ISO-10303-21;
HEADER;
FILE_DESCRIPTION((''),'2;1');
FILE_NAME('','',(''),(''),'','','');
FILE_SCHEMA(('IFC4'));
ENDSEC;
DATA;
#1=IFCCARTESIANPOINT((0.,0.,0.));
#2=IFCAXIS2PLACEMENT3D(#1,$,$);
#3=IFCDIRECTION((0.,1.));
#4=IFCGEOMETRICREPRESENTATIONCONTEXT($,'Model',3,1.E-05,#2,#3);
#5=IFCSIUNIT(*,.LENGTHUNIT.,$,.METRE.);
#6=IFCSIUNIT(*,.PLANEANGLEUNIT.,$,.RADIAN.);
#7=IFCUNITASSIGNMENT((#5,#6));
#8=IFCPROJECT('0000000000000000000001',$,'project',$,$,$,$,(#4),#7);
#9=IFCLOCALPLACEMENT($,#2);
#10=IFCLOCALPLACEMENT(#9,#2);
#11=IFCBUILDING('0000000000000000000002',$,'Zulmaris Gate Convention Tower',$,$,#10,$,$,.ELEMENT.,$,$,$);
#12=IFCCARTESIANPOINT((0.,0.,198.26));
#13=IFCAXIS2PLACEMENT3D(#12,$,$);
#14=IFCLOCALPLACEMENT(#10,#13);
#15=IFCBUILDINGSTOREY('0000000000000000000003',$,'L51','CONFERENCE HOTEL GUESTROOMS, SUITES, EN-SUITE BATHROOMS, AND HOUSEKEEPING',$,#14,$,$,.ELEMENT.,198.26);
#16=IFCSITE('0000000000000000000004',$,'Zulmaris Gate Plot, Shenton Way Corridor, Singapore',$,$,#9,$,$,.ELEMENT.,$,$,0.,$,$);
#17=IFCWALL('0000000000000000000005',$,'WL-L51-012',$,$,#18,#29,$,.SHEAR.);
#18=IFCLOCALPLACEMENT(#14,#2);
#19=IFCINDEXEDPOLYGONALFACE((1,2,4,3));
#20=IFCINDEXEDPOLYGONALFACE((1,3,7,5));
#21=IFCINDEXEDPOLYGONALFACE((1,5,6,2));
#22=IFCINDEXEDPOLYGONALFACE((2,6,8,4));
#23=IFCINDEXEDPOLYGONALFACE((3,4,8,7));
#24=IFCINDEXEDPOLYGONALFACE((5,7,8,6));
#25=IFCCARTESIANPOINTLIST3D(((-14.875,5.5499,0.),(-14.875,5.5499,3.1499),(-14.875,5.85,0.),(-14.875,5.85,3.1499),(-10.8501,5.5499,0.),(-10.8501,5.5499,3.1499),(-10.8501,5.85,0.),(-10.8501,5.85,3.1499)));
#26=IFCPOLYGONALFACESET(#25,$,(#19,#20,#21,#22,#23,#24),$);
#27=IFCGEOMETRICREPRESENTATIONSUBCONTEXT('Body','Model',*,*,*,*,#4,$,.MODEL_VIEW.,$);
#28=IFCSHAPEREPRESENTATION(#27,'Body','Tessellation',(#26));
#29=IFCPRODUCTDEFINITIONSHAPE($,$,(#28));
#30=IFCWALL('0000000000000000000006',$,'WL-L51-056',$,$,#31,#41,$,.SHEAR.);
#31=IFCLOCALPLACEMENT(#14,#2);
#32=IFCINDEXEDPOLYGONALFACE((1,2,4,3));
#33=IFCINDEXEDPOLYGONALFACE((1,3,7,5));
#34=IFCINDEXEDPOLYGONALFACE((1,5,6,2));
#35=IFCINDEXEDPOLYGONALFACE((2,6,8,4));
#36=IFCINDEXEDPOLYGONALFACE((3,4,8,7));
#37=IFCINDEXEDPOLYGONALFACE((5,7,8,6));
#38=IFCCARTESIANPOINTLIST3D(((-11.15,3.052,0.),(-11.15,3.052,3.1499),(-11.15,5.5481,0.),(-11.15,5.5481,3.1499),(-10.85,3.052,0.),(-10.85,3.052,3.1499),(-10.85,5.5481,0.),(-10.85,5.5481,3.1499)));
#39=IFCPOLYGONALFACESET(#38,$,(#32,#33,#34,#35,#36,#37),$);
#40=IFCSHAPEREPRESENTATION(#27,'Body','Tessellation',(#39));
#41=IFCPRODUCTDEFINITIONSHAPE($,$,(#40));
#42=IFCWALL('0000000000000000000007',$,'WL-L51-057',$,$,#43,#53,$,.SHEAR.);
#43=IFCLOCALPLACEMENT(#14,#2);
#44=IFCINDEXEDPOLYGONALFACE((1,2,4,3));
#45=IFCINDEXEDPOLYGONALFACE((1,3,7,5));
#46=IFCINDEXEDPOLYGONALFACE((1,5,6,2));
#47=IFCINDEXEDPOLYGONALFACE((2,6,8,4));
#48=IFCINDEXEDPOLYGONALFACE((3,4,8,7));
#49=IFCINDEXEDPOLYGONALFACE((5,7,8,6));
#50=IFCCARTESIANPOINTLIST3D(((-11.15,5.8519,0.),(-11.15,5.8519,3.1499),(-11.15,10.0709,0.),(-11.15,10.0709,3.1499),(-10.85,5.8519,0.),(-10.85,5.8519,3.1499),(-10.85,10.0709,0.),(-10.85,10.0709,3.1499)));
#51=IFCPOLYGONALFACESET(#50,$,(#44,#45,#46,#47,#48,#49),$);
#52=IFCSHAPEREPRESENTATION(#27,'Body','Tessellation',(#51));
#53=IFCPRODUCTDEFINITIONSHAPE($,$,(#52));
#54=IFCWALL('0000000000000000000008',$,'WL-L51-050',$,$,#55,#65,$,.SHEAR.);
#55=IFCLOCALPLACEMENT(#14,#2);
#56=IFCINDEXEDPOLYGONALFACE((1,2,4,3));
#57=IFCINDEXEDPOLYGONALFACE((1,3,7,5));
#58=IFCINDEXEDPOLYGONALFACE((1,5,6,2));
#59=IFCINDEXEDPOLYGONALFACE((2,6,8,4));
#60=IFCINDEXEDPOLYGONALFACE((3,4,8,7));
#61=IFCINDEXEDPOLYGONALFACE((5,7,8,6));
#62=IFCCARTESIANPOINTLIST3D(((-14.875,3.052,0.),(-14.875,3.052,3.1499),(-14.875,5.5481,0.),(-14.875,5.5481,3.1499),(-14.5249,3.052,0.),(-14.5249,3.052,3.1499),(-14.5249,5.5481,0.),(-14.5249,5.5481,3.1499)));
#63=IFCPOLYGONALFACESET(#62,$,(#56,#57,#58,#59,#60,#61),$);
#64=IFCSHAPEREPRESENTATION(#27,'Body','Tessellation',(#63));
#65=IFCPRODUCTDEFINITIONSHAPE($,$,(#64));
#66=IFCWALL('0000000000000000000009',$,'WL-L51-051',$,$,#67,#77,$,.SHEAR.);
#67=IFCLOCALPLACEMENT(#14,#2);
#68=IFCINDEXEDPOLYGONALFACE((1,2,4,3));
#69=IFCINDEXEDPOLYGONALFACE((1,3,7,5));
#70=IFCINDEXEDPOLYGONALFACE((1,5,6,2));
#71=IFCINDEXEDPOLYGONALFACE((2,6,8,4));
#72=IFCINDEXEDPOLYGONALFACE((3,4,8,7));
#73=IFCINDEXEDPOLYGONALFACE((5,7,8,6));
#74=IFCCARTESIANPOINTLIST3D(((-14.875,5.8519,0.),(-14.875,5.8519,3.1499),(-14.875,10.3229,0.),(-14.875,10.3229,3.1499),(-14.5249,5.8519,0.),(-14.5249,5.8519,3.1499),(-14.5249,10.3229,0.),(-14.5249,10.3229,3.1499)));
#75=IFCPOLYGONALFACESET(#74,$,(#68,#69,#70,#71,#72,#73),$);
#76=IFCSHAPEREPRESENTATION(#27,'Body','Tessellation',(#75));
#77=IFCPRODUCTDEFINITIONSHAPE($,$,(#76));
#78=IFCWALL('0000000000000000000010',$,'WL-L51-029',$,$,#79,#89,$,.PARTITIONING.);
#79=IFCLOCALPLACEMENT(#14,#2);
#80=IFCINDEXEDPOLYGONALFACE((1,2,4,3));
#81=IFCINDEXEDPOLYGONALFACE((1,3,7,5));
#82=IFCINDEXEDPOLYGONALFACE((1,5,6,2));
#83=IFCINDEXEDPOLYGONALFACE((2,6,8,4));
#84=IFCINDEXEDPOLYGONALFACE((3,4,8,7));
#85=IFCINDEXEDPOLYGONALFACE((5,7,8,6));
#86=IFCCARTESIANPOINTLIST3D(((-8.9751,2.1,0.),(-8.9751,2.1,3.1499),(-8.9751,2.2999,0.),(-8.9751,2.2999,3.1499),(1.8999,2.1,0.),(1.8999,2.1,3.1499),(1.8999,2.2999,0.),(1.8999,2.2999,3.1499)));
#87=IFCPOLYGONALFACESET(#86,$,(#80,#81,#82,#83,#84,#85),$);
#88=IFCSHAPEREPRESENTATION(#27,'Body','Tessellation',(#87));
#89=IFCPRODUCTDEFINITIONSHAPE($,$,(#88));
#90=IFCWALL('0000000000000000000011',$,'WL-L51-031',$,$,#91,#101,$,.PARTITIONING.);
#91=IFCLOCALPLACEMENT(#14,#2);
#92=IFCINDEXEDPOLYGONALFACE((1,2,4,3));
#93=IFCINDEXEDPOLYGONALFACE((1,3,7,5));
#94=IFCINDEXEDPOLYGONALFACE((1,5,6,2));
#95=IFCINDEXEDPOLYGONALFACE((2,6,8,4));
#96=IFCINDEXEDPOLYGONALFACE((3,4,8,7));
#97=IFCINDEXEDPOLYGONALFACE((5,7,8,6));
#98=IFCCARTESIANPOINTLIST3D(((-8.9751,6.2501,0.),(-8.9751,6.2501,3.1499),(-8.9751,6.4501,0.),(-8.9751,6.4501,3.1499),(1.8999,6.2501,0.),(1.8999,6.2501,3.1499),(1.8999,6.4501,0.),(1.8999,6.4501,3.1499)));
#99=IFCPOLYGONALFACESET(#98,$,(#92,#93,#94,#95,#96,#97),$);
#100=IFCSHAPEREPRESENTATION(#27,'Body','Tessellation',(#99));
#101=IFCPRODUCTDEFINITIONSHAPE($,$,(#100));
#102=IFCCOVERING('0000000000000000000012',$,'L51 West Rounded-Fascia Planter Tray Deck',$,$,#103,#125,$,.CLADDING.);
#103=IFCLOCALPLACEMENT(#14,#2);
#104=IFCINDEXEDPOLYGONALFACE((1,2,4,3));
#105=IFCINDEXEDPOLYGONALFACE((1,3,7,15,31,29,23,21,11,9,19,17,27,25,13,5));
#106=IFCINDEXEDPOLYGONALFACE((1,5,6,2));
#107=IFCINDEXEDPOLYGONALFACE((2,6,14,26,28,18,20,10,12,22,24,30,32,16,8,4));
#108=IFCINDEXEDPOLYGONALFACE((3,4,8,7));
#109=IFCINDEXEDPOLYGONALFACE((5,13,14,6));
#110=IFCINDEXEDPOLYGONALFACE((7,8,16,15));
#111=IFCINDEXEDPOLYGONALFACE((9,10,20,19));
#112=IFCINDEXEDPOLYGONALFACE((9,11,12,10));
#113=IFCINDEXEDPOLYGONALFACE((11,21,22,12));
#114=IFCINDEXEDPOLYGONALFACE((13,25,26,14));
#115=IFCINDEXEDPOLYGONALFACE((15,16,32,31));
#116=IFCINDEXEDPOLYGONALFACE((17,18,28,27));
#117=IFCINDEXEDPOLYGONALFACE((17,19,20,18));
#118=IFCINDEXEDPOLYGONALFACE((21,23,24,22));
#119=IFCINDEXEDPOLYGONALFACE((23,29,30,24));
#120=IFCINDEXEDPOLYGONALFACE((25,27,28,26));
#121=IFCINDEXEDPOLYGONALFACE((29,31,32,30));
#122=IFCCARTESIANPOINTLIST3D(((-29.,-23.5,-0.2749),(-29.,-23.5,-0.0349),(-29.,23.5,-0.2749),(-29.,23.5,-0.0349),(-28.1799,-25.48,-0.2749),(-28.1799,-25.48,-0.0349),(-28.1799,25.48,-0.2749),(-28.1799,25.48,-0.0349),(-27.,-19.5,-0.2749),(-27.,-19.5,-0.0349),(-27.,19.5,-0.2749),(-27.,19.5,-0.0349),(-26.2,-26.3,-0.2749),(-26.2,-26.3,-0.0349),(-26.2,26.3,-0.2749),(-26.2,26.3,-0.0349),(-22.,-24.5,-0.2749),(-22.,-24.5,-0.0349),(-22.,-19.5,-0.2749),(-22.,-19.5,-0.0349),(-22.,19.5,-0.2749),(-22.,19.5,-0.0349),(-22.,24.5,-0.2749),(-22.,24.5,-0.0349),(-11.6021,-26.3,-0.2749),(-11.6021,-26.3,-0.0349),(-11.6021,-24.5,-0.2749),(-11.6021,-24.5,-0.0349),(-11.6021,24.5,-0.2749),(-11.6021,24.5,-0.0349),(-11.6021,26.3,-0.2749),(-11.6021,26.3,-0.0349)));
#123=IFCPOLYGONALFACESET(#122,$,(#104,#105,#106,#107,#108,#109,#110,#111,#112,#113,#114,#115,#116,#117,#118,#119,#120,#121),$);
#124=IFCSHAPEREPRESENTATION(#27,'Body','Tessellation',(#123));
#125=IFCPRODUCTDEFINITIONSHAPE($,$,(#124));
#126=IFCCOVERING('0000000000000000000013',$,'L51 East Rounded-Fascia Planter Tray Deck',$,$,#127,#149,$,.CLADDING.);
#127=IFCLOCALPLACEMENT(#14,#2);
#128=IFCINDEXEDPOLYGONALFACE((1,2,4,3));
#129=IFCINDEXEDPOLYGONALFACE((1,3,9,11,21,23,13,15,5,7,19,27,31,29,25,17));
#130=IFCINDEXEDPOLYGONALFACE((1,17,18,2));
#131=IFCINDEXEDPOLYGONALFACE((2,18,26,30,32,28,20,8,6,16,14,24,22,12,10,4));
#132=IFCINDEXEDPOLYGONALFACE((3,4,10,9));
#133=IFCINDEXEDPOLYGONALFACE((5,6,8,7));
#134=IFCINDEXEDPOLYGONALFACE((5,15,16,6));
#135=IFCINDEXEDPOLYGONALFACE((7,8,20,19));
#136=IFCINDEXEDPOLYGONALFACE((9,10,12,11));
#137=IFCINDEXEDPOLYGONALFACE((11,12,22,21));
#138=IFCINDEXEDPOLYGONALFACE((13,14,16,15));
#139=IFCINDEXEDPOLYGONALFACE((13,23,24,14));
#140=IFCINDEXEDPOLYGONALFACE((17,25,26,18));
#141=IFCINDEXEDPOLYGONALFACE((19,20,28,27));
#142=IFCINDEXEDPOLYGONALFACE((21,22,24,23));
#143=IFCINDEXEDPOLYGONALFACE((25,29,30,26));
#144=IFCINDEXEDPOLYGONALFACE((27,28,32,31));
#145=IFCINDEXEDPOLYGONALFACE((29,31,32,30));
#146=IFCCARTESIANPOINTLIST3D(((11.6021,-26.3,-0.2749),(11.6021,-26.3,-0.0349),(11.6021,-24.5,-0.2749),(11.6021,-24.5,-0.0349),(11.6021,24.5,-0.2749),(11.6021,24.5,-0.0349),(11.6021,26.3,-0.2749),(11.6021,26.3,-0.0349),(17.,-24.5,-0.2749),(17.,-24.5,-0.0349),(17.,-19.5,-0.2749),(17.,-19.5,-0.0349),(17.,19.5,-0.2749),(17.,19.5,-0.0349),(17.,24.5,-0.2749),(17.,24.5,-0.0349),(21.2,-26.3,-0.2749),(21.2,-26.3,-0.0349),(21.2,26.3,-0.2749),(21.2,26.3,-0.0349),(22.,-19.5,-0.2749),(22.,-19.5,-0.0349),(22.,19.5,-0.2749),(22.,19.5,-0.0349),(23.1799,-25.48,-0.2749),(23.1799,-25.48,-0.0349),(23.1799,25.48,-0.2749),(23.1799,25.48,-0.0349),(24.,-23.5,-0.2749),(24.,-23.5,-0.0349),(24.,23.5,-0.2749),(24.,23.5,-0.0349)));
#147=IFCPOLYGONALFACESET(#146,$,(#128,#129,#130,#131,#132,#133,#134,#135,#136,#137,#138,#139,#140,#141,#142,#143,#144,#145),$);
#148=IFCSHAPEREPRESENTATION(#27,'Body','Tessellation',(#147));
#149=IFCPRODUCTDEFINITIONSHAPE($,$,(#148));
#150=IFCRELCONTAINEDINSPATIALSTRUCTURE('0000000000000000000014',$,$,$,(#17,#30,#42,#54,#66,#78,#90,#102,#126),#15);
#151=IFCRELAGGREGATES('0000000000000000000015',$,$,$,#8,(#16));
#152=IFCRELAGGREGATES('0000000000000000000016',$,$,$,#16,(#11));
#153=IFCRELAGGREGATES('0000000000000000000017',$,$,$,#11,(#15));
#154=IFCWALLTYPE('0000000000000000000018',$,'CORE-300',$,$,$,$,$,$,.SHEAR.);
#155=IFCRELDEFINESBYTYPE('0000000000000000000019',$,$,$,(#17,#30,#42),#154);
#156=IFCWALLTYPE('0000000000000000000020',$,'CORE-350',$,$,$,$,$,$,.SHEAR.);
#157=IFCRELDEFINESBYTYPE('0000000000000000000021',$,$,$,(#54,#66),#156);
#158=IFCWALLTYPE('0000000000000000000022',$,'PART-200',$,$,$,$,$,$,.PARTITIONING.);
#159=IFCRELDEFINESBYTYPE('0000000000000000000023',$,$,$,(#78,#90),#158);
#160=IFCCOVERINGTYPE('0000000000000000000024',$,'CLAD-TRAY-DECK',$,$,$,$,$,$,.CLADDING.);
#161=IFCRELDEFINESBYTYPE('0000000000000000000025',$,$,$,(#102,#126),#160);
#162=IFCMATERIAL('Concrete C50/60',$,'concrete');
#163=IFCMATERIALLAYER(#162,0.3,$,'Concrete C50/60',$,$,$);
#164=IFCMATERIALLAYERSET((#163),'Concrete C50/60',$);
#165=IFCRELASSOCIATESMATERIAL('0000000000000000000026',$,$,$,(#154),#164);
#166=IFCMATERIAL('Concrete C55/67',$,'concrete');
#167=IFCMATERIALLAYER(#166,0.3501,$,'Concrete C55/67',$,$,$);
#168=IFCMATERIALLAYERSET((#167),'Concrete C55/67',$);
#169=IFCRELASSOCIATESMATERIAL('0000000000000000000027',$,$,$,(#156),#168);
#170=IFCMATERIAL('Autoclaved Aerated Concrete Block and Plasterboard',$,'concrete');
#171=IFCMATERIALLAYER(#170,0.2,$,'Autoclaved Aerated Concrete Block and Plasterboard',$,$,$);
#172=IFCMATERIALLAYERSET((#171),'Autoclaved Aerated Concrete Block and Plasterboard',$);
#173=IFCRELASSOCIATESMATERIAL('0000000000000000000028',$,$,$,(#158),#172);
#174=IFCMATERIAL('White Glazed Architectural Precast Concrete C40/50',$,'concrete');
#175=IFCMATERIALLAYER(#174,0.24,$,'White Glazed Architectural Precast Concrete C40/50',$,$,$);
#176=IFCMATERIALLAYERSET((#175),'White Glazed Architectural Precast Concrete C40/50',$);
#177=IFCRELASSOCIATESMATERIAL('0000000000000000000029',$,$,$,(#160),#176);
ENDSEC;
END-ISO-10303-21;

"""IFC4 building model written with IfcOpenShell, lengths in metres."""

from ifc_helpers import new_model, si_unit, direction, frame, frame_2d, origin, place, context, subcontext, project, spatial, polyline, rectangle, outline, extrude, material, layer, layer_set, type_object, element, save


model = new_model("IFC4")

# Units and contexts
model_context = context("Model", 3, precision=1e-05, world=origin(), true_north=direction((0.0, 1.0)))
body_context = subcontext(model_context, "Body", "Model", "MODEL_VIEW")
ifc_project = project(units=[si_unit("LENGTHUNIT", "METRE"), si_unit("PLANEANGLEUNIT", "RADIAN")], contexts=[model_context])

# Site, building, storey
site_placement = place(None, origin())
site = spatial("IfcSite", under=ifc_project, at=site_placement, Name="Zulmaris Gate Plot, Shenton Way Corridor, Singapore", CompositionType="ELEMENT", RefElevation=0.0)
building_placement = place(site_placement, origin())
building = spatial("IfcBuilding", under=site, at=building_placement, Name="Zulmaris Gate Convention Tower", CompositionType="ELEMENT")
storey_placement = place(building_placement, frame((0.0, 0.0, 198.26)))
storey = spatial("IfcBuildingStorey", under=building, at=storey_placement, Name="L51", Description="CONFERENCE HOTEL GUESTROOMS, SUITES, EN-SUITE BATHROOMS, AND HOUSEKEEPING", CompositionType="ELEMENT", Elevation=198.26)

# Shared definitions
ifc_material_1 = material(Name="Concrete C50/60", Category="concrete")

# Wall
ifc_layer_1 = layer(ifc_material_1, 0.3, Name="Concrete C50/60")
ifc_layer_set_1 = layer_set([ifc_layer_1], Name="Concrete C50/60")
wall_type_1 = type_object("IfcWallType", Name="CORE-300", PredefinedType="SHEAR", material=ifc_layer_set_1)
wall_1_placement = place(storey_placement, frame((-14.875, 5.7, 0.0), z_axis=(0.0, 0.0, 1.0), x_axis=(1.0, 0.0, 0.0)))
element("IfcWall", 1, at=wall_1_placement, inside=storey, type_object=wall_type_1, Name="WL-L51-012", PredefinedType="SHEAR", context=body_context, shape_type="SweptSolid", body=[
    extrude(rectangle(XDim=4.0249, YDim=0.3, at=frame_2d((2.0125, 0.0))), origin(), (0.0, 0.0, 1.0), 3.1499),
])

# Walls
wall_2_placement = place(storey_placement, frame((-11.0, 3.052, 0.0), z_axis=(0.0, 0.0, 1.0), x_axis=(0.0, 1.0, 0.0)))
element("IfcWall", 2, at=wall_2_placement, inside=storey, type_object=wall_type_1, Name="WL-L51-056", PredefinedType="SHEAR", context=body_context, shape_type="SweptSolid", body=[
    extrude(rectangle(XDim=2.4961, YDim=0.3, at=frame_2d((1.248, 0.0))), origin(), (0.0, 0.0, 1.0), 3.1499),
])
wall_3_placement = place(storey_placement, frame((-11.0, 5.8521, 0.0), z_axis=(0.0, 0.0, 1.0), x_axis=(0.0, 1.0, 0.0)))
element("IfcWall", 3, at=wall_3_placement, inside=storey, type_object=wall_type_1, Name="WL-L51-057", PredefinedType="SHEAR", context=body_context, shape_type="SweptSolid", body=[
    extrude(rectangle(XDim=4.219, YDim=0.3, at=frame_2d((2.1094, 0.0))), origin(), (0.0, 0.0, 1.0), 3.1499),
])
ifc_material_2 = material(Name="Concrete C55/67", Category="concrete")
ifc_layer_2 = layer(ifc_material_2, 0.3501, Name="Concrete C55/67")
ifc_layer_set_2 = layer_set([ifc_layer_2], Name="Concrete C55/67")
wall_type_2 = type_object("IfcWallType", Name="CORE-350", PredefinedType="SHEAR", material=ifc_layer_set_2)
wall_4_placement = place(storey_placement, frame((-14.7, 3.052, 0.0), z_axis=(0.0, 0.0, 1.0), x_axis=(0.0, 1.0, 0.0)))
element("IfcWall", 4, at=wall_4_placement, inside=storey, type_object=wall_type_2, Name="WL-L51-050", PredefinedType="SHEAR", context=body_context, shape_type="SweptSolid", body=[
    extrude(rectangle(XDim=2.4961, YDim=0.3501, at=frame_2d((1.248, 0.0))), origin(), (0.0, 0.0, 1.0), 3.1499),
])
wall_5_placement = place(storey_placement, frame((-14.7, 5.8521, 0.0), z_axis=(0.0, 0.0, 1.0), x_axis=(0.0, 1.0, 0.0)))
element("IfcWall", 5, at=wall_5_placement, inside=storey, type_object=wall_type_2, Name="WL-L51-051", PredefinedType="SHEAR", context=body_context, shape_type="SweptSolid", body=[
    extrude(rectangle(XDim=4.4709, YDim=0.3501, at=frame_2d((2.2354, 0.0))), origin(), (0.0, 0.0, 1.0), 3.1499),
])

# Walls
ifc_material_3 = material(Name="Autoclaved Aerated Concrete Block and Plasterboard", Category="concrete")
ifc_layer_3 = layer(ifc_material_3, 0.2, Name="Autoclaved Aerated Concrete Block and Plasterboard")
ifc_layer_set_3 = layer_set([ifc_layer_3], Name="Autoclaved Aerated Concrete Block and Plasterboard")
wall_type_3 = type_object("IfcWallType", Name="PART-200", PredefinedType="PARTITIONING", material=ifc_layer_set_3)
for number, where, z_axis, x_axis, name in (
    (6, (-8.9751, 2.2, 0.0), (0.0, 0.0, 1.0), (1.0, 0.0, 0.0), "WL-L51-029"),
    (7, (-8.9751, 6.3501, 0.0), (0.0, 0.0, 1.0), (1.0, 0.0, 0.0), "WL-L51-031"),
):
    element("IfcWall", number, at=place(storey_placement, frame(where, z_axis=z_axis, x_axis=x_axis)), inside=storey, type_object=wall_type_3, Name=name, PredefinedType="PARTITIONING", context=body_context, shape_type="SweptSolid", body=[
        extrude(rectangle(XDim=10.875, YDim=0.2, at=frame_2d((5.4375, 0.0))), origin(), (0.0, 0.0, 1.0), 3.1499),
    ])

# Coverings
ifc_material_4 = material(Name="White Glazed Architectural Precast Concrete C40/50", Category="concrete")
ifc_layer_4 = layer(ifc_material_4, 0.24, Name="White Glazed Architectural Precast Concrete C40/50")
ifc_layer_set_4 = layer_set([ifc_layer_4], Name="White Glazed Architectural Precast Concrete C40/50")
covering_type = type_object("IfcCoveringType", Name="CLAD-TRAY-DECK", PredefinedType="CLADDING", material=ifc_layer_set_4)
covering_1_placement = place(storey_placement, frame((0.0, 0.0, -0.2749)))
element("IfcCovering", 8, at=covering_1_placement, inside=storey, type_object=covering_type, Name="L51 West Rounded-Fascia Planter Tray Deck", PredefinedType="CLADDING", context=body_context, shape_type="SweptSolid", body=[
    extrude(outline(polyline([(-29.0, 23.5), (-28.1799, 25.48), (-26.2, 26.3), (-11.6021, 26.3), (-11.6021, 24.5), (-22.0, 24.5), (-22.0, 19.5), (-27.0, 19.5), (-27.0, -19.5), (-22.0, -19.5), (-22.0, -24.5), (-11.6021, -24.5), (-11.6021, -26.3), (-26.2, -26.3), (-28.1799, -25.48), (-29.0, -23.5), (-29.0, 23.5)])), origin(), (0.0, 0.0, 1.0), 0.24),
])
covering_2_placement = place(storey_placement, frame((0.0, 0.0, -0.2749)))
element("IfcCovering", 9, at=covering_2_placement, inside=storey, type_object=covering_type, Name="L51 East Rounded-Fascia Planter Tray Deck", PredefinedType="CLADDING", context=body_context, shape_type="SweptSolid", body=[
    extrude(outline(polyline([(21.2, 26.3), (23.1799, 25.48), (24.0, 23.5), (24.0, -23.5), (23.1799, -25.48), (21.2, -26.3), (11.6021, -26.3), (11.6021, -24.5), (17.0, -24.5), (17.0, -19.5), (22.0, -19.5), (22.0, 19.5), (17.0, 19.5), (17.0, 24.5), (11.6021, 24.5), (11.6021, 26.3), (21.2, 26.3)])), origin(), (0.0, 0.0, 1.0), 0.24),
])

save(model, "model.ifc")
